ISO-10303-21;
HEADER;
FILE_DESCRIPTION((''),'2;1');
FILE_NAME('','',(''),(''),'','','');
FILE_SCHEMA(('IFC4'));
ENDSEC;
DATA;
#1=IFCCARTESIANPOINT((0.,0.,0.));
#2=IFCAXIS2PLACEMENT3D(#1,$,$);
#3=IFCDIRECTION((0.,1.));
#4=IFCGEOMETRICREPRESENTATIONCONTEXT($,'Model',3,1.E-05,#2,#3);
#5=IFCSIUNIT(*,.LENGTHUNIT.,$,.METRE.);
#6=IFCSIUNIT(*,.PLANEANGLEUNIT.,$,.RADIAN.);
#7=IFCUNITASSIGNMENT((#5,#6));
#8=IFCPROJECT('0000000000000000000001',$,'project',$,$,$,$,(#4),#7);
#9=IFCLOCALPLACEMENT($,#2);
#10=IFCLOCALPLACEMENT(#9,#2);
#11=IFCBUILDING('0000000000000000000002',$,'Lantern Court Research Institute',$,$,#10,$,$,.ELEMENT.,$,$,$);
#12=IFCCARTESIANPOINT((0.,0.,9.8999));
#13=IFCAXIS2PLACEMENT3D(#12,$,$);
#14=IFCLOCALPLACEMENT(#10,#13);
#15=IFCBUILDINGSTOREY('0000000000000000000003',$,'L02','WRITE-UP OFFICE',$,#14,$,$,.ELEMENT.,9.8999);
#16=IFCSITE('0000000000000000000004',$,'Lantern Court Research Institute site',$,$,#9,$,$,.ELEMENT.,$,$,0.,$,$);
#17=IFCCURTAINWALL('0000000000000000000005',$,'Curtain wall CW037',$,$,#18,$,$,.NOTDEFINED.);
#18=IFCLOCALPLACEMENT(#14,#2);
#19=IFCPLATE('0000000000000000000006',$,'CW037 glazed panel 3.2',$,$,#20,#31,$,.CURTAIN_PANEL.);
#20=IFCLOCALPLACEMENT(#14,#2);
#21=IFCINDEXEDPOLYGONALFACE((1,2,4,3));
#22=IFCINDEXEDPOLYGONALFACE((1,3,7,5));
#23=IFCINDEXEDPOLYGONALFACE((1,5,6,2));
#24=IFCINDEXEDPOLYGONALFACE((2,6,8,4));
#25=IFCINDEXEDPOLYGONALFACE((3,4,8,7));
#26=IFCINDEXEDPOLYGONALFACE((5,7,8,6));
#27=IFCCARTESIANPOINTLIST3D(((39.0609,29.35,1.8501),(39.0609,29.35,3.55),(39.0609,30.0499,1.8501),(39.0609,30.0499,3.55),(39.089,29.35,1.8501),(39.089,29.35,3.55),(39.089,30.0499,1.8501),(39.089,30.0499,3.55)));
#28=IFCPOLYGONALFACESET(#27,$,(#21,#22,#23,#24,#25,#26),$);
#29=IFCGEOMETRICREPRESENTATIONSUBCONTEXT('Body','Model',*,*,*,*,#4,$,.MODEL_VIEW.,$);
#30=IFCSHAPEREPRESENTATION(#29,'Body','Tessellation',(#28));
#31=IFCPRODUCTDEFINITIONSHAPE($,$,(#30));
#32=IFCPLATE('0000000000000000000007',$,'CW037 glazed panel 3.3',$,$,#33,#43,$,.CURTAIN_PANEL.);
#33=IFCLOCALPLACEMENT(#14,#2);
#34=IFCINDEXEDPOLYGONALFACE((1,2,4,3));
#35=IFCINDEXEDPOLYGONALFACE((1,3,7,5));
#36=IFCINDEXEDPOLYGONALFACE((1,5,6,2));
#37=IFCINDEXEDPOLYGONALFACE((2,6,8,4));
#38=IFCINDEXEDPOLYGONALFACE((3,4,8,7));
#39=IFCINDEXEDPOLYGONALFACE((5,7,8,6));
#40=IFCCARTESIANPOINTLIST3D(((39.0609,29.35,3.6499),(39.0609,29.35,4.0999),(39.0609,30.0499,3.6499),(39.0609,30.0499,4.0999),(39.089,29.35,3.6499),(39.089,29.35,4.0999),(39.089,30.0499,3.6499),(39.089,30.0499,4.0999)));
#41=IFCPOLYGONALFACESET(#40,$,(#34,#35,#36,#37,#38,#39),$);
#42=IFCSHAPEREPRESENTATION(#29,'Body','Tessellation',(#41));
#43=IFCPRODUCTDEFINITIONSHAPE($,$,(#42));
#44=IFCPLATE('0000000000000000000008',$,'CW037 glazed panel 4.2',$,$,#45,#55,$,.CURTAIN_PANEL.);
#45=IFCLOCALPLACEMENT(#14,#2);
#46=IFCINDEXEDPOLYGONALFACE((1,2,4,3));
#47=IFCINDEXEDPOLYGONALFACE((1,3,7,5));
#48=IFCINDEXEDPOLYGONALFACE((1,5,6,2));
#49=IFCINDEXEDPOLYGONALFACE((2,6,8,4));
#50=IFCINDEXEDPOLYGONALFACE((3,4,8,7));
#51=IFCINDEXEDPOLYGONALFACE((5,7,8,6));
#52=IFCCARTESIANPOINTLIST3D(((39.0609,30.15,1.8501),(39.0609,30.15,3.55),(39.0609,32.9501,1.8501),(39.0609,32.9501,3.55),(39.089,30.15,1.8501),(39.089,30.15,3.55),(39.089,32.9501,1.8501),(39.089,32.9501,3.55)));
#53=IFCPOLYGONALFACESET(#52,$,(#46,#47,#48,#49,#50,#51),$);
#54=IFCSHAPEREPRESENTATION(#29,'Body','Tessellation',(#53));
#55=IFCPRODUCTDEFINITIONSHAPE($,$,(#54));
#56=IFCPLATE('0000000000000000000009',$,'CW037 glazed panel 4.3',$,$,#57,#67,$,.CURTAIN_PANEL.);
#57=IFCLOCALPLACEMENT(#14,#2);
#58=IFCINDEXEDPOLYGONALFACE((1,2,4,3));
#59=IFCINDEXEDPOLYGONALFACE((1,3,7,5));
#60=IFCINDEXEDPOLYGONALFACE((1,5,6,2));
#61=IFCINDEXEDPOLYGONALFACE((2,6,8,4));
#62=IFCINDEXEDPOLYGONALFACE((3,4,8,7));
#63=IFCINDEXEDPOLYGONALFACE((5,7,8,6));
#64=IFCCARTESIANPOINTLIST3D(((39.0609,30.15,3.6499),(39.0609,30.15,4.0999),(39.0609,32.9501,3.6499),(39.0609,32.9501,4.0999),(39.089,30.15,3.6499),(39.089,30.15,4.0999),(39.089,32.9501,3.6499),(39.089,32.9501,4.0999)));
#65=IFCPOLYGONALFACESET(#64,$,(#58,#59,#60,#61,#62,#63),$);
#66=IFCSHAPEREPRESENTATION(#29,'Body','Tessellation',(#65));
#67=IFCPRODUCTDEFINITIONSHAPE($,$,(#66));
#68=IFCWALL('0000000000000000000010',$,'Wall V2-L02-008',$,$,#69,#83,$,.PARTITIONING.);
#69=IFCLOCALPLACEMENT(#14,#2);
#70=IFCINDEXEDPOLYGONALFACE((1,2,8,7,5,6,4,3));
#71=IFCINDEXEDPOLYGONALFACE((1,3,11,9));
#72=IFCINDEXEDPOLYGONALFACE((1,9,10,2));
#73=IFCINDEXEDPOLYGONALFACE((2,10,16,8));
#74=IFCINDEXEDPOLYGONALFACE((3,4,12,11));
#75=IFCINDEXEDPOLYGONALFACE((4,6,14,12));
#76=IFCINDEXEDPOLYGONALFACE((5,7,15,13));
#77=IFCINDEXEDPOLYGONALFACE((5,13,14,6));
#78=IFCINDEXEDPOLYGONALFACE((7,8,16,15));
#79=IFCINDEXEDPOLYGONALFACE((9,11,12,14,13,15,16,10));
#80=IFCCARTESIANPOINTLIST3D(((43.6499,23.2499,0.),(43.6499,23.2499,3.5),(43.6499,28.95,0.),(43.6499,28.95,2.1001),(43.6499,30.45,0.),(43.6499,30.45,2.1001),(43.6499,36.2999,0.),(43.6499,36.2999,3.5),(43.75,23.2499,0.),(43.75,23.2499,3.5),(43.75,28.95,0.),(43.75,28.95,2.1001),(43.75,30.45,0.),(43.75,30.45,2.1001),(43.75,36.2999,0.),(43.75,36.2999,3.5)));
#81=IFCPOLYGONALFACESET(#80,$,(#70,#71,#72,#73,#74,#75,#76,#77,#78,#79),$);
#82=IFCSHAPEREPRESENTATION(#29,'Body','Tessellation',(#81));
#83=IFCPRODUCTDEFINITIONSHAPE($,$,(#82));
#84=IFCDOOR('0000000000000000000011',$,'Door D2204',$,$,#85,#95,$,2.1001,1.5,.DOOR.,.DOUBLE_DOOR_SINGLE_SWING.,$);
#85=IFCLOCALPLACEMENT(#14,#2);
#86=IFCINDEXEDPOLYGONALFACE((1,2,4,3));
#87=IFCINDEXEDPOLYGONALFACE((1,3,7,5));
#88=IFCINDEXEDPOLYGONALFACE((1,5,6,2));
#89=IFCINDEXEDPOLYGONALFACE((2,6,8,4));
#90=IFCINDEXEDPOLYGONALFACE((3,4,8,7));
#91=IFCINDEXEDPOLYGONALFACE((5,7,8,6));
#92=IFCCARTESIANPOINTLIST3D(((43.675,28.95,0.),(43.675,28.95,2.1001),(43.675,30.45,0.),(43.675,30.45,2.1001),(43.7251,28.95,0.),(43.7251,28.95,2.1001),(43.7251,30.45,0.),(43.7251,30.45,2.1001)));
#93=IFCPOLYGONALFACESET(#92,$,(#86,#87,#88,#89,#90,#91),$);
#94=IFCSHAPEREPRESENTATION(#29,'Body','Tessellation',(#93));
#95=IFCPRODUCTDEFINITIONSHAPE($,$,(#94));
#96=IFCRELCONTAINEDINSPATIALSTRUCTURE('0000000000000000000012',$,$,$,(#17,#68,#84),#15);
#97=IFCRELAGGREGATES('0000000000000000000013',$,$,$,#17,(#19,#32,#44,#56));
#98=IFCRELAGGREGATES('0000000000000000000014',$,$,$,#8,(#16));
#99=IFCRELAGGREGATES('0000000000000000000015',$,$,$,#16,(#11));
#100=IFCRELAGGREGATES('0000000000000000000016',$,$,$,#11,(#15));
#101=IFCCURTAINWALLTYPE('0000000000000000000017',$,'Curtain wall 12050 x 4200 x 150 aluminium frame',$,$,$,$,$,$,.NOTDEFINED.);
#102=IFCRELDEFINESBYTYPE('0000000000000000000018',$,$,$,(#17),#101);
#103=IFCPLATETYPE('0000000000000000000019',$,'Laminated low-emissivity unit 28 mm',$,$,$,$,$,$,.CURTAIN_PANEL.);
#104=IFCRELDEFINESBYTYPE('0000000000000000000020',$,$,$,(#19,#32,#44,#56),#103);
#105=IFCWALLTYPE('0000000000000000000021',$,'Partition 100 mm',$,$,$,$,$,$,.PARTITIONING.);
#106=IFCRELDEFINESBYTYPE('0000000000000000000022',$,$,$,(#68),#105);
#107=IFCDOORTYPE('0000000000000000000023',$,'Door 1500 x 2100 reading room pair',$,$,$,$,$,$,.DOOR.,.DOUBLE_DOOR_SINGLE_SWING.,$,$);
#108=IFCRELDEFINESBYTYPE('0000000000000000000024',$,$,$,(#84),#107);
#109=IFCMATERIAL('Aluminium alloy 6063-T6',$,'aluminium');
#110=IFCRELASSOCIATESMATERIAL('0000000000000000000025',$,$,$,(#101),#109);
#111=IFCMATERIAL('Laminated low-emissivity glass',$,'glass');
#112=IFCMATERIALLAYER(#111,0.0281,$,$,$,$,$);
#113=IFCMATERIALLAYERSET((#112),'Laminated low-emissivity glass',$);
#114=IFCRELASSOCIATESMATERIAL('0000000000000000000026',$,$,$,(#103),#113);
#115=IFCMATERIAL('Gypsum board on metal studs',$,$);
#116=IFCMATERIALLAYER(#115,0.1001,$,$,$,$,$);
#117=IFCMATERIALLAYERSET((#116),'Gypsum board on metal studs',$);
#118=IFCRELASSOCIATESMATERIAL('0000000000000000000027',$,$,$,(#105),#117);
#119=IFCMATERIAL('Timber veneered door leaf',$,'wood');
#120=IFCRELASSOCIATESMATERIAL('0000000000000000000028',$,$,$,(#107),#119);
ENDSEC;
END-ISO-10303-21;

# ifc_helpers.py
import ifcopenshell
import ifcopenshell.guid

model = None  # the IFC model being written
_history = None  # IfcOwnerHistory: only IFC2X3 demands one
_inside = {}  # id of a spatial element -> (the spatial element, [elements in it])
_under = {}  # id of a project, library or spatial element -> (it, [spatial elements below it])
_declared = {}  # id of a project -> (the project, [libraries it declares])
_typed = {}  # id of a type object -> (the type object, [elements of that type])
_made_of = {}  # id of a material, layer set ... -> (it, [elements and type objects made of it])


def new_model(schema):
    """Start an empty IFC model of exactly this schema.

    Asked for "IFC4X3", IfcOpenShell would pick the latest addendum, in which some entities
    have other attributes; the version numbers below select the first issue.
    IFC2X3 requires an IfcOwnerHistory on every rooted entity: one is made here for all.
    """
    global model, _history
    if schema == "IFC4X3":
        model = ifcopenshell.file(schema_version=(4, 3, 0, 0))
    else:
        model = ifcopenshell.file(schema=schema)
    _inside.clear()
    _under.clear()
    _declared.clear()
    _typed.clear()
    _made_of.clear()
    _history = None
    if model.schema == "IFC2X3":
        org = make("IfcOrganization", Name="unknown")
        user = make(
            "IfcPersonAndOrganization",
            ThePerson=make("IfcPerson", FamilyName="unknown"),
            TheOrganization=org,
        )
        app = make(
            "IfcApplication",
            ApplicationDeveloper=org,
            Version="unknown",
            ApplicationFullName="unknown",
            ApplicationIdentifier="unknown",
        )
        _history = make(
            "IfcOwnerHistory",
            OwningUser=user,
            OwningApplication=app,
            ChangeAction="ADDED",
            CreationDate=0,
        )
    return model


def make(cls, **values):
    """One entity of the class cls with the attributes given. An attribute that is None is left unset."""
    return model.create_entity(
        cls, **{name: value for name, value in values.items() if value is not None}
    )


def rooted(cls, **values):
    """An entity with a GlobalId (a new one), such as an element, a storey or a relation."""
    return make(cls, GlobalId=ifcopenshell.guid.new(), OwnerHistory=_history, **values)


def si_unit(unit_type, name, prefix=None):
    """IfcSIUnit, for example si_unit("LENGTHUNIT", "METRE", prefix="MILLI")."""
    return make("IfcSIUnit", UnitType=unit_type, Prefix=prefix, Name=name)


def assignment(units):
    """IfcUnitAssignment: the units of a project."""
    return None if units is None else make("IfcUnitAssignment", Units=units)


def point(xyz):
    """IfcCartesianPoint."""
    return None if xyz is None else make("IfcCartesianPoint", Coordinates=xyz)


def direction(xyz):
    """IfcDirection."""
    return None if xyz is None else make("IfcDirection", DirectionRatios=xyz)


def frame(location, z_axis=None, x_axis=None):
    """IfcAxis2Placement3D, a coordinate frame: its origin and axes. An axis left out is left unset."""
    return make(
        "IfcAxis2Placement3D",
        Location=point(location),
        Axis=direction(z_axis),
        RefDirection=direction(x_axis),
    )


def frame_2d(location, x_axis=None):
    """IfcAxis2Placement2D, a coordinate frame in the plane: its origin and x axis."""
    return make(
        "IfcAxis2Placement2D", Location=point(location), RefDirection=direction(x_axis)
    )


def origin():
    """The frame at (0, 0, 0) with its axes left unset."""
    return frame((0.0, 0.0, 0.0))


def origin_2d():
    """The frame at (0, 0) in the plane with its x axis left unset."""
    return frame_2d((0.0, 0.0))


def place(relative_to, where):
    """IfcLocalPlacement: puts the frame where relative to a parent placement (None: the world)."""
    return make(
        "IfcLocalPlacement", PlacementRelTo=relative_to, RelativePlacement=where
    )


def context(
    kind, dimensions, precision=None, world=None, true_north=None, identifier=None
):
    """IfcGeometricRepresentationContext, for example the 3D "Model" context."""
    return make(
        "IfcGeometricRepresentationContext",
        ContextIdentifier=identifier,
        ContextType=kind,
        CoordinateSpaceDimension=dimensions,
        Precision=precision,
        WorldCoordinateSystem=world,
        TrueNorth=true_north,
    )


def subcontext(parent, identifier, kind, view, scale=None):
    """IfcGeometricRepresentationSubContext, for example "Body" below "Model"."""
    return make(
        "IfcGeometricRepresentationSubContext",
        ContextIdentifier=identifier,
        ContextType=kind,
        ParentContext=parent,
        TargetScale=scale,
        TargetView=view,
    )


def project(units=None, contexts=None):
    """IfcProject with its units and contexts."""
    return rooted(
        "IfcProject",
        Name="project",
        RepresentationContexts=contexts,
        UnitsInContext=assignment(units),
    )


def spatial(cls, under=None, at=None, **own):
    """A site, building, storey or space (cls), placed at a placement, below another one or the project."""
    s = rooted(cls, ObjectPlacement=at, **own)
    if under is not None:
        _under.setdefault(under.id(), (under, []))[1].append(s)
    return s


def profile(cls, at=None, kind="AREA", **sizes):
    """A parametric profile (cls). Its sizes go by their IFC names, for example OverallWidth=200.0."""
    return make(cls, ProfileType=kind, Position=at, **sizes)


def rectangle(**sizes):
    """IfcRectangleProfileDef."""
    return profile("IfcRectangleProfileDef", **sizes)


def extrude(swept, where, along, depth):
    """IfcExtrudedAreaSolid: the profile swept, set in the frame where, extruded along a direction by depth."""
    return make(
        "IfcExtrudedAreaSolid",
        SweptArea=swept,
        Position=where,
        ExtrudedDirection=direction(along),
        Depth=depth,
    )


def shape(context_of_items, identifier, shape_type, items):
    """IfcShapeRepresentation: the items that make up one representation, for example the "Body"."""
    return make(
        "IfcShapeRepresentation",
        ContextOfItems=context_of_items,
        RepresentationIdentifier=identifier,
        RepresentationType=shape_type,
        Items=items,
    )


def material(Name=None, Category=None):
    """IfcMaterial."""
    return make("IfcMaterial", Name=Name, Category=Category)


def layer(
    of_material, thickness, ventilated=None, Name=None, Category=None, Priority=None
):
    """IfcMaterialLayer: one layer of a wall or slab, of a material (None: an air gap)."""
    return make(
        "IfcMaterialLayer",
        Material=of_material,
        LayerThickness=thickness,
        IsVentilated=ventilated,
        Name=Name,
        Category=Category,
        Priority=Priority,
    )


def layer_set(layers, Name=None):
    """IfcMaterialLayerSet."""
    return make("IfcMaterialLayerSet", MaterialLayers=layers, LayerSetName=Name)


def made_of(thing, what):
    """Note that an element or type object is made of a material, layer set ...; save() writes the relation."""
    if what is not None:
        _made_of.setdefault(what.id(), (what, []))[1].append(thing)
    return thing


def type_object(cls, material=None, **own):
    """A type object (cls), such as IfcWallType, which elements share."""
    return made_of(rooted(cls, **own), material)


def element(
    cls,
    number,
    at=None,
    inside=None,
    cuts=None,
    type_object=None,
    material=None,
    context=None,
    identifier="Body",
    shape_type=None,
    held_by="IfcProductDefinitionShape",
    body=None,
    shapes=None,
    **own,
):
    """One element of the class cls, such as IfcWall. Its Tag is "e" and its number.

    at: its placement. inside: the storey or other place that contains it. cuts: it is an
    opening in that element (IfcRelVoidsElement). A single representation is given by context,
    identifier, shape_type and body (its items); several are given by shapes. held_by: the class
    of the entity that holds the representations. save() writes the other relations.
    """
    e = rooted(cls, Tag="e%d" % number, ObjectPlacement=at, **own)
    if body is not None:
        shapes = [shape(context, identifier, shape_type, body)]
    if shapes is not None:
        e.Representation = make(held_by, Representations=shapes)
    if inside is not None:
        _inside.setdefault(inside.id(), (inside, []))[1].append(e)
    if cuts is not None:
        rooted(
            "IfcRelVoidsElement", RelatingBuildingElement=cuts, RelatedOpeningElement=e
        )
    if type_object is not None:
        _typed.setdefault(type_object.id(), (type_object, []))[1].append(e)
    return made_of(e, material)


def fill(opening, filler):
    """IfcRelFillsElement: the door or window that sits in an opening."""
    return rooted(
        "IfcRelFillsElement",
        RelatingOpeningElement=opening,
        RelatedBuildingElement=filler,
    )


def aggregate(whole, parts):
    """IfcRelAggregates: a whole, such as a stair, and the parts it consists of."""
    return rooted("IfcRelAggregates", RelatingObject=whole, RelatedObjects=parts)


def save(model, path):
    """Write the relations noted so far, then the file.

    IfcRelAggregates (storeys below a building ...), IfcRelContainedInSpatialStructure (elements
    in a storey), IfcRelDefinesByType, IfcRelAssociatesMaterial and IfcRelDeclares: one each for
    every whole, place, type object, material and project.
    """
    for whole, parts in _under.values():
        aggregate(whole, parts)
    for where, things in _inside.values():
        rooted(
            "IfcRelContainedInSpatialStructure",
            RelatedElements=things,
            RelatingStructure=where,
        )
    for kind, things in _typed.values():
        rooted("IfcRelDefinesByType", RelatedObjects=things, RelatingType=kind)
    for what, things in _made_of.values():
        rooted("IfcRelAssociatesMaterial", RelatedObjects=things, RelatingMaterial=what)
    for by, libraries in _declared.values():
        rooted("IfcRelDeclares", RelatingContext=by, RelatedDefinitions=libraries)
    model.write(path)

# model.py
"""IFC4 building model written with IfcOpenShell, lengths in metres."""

from ifc_helpers import new_model, si_unit, direction, frame, frame_2d, origin, origin_2d, place, context, subcontext, project, spatial, rectangle, extrude, material, layer, layer_set, type_object, element, fill, aggregate, save


model = new_model("IFC4")

# Units and contexts
model_context = context("Model", 3, precision=1e-05, world=origin(), true_north=direction((0.0, 1.0)))
body_context = subcontext(model_context, "Body", "Model", "MODEL_VIEW")
ifc_project = project(units=[si_unit("LENGTHUNIT", "METRE"), si_unit("PLANEANGLEUNIT", "RADIAN")], contexts=[model_context])

# Site, building, storey
site_placement = place(None, origin())
site = spatial("IfcSite", under=ifc_project, at=site_placement, Name="Lantern Court Research Institute site", CompositionType="ELEMENT", RefElevation=0.0)
building_placement = place(site_placement, origin())
building = spatial("IfcBuilding", under=site, at=building_placement, Name="Lantern Court Research Institute", CompositionType="ELEMENT")
storey_placement = place(building_placement, frame((0.0, 0.0, 9.8999)))
storey = spatial("IfcBuildingStorey", under=building, at=storey_placement, Name="L02", Description="WRITE-UP OFFICE", CompositionType="ELEMENT", Elevation=9.8999)

# Curtain wall, plates
ifc_material_1 = material(Name="Aluminium alloy 6063-T6", Category="aluminium")
curtain_wall_type = type_object("IfcCurtainWallType", Name="Curtain wall 12050 x 4200 x 150 aluminium frame", PredefinedType="NOTDEFINED", material=ifc_material_1)
curtain_wall_placement = place(storey_placement, origin())
curtain_wall = element("IfcCurtainWall", 1, at=curtain_wall_placement, inside=storey, type_object=curtain_wall_type, Name="Curtain wall CW037", PredefinedType="NOTDEFINED")
ifc_material_2 = material(Name="Laminated low-emissivity glass", Category="glass")
ifc_layer_1 = layer(ifc_material_2, 0.0281)
ifc_layer_set_1 = layer_set([ifc_layer_1], Name="Laminated low-emissivity glass")
plate_type_1 = type_object("IfcPlateType", Name="Laminated low-emissivity unit 28 mm", PredefinedType="CURTAIN_PANEL", material=ifc_layer_set_1)
plate_1_placement = place(storey_placement, frame((39.075, 29.7, 1.8501), z_axis=(0.0, 0.0, 1.0), x_axis=(0.0, 1.0, 0.0)))
plate_1 = element("IfcPlate", 2, at=plate_1_placement, type_object=plate_type_1, Name="CW037 glazed panel 3.2", PredefinedType="CURTAIN_PANEL", context=body_context, shape_type="SweptSolid", body=[
    extrude(rectangle(XDim=0.7, YDim=0.0281, at=origin_2d()), origin(), (0.0, 0.0, 1.0), 1.7),
])
plate_2_placement = place(storey_placement, frame((39.075, 29.7, 3.6499), z_axis=(0.0, 0.0, 1.0), x_axis=(0.0, 1.0, 0.0)))
plate_2 = element("IfcPlate", 3, at=plate_2_placement, type_object=plate_type_1, Name="CW037 glazed panel 3.3", PredefinedType="CURTAIN_PANEL", context=body_context, shape_type="SweptSolid", body=[
    extrude(rectangle(XDim=0.7, YDim=0.0281, at=origin_2d()), origin(), (0.0, 0.0, 1.0), 0.45),
])
plate_3_placement = place(storey_placement, frame((39.075, 31.55, 1.8501), z_axis=(0.0, 0.0, 1.0), x_axis=(0.0, 1.0, 0.0)))
plate_3 = element("IfcPlate", 4, at=plate_3_placement, type_object=plate_type_1, Name="CW037 glazed panel 4.2", PredefinedType="CURTAIN_PANEL", context=body_context, shape_type="SweptSolid", body=[
    extrude(rectangle(XDim=2.8, YDim=0.0281, at=origin_2d()), origin(), (0.0, 0.0, 1.0), 1.7),
])
plate_4_placement = place(storey_placement, frame((39.075, 31.55, 3.6499), z_axis=(0.0, 0.0, 1.0), x_axis=(0.0, 1.0, 0.0)))
plate_4 = element("IfcPlate", 5, at=plate_4_placement, type_object=plate_type_1, Name="CW037 glazed panel 4.3", PredefinedType="CURTAIN_PANEL", context=body_context, shape_type="SweptSolid", body=[
    extrude(rectangle(XDim=2.8, YDim=0.0281, at=origin_2d()), origin(), (0.0, 0.0, 1.0), 0.45),
])
aggregate(curtain_wall, [plate_1, plate_2, plate_3, plate_4])

# Wall, opening, door
ifc_material_3 = material(Name="Gypsum board on metal studs")
ifc_layer_2 = layer(ifc_material_3, 0.1001)
ifc_layer_set_2 = layer_set([ifc_layer_2], Name="Gypsum board on metal studs")
wall_type = type_object("IfcWallType", Name="Partition 100 mm", PredefinedType="PARTITIONING", material=ifc_layer_set_2)
wall_placement = place(storey_placement, frame((43.7, 23.25, 0.0), z_axis=(0.0, 0.0, 1.0), x_axis=(0.0, 1.0, 0.0)))
wall = element("IfcWall", 6, at=wall_placement, inside=storey, type_object=wall_type, Name="Wall V2-L02-008", PredefinedType="PARTITIONING", context=body_context, shape_type="SweptSolid", body=[
    extrude(rectangle(XDim=13.05, YDim=0.1001, at=frame_2d((6.5249, 0.0))), origin(), (0.0, 0.0, 1.0), 3.5),
])
opening_placement = place(wall_placement, frame((5.7, 0.0, 0.0)))
opening = element("IfcOpeningElement", 7, at=opening_placement, cuts=wall, PredefinedType="OPENING", context=body_context, shape_type="SweptSolid", body=[
    extrude(rectangle(XDim=1.5, YDim=2.1001, at=frame_2d((0.75, 1.05))), frame((0.0, 0.0601, 0.0), z_axis=(0.0, -1.0, 0.0), x_axis=(1.0, 0.0, 0.0)), (0.0, 0.0, 1.0), 0.1201),
])
ifc_material_4 = material(Name="Timber veneered door leaf", Category="wood")
door_type = type_object("IfcDoorType", Name="Door 1500 x 2100 reading room pair", OperationType="DOUBLE_DOOR_SINGLE_SWING", PredefinedType="DOOR", material=ifc_material_4)
door_placement = place(opening_placement, origin())
door = element("IfcDoor", 8, at=door_placement, inside=storey, type_object=door_type, Name="Door D2204", OperationType="DOUBLE_DOOR_SINGLE_SWING", OverallHeight=2.1001, OverallWidth=1.5, PredefinedType="DOOR", context=body_context, shape_type="SweptSolid", body=[
    extrude(rectangle(XDim=1.5, YDim=2.1001, at=frame_2d((0.75, 1.05))), frame((0.0, 0.0249, 0.0), z_axis=(0.0, -1.0, 0.0), x_axis=(1.0, 0.0, 0.0)), (0.0, 0.0, 1.0), 0.05),
])
fill(opening, door)

save(model, "model.ifc")
